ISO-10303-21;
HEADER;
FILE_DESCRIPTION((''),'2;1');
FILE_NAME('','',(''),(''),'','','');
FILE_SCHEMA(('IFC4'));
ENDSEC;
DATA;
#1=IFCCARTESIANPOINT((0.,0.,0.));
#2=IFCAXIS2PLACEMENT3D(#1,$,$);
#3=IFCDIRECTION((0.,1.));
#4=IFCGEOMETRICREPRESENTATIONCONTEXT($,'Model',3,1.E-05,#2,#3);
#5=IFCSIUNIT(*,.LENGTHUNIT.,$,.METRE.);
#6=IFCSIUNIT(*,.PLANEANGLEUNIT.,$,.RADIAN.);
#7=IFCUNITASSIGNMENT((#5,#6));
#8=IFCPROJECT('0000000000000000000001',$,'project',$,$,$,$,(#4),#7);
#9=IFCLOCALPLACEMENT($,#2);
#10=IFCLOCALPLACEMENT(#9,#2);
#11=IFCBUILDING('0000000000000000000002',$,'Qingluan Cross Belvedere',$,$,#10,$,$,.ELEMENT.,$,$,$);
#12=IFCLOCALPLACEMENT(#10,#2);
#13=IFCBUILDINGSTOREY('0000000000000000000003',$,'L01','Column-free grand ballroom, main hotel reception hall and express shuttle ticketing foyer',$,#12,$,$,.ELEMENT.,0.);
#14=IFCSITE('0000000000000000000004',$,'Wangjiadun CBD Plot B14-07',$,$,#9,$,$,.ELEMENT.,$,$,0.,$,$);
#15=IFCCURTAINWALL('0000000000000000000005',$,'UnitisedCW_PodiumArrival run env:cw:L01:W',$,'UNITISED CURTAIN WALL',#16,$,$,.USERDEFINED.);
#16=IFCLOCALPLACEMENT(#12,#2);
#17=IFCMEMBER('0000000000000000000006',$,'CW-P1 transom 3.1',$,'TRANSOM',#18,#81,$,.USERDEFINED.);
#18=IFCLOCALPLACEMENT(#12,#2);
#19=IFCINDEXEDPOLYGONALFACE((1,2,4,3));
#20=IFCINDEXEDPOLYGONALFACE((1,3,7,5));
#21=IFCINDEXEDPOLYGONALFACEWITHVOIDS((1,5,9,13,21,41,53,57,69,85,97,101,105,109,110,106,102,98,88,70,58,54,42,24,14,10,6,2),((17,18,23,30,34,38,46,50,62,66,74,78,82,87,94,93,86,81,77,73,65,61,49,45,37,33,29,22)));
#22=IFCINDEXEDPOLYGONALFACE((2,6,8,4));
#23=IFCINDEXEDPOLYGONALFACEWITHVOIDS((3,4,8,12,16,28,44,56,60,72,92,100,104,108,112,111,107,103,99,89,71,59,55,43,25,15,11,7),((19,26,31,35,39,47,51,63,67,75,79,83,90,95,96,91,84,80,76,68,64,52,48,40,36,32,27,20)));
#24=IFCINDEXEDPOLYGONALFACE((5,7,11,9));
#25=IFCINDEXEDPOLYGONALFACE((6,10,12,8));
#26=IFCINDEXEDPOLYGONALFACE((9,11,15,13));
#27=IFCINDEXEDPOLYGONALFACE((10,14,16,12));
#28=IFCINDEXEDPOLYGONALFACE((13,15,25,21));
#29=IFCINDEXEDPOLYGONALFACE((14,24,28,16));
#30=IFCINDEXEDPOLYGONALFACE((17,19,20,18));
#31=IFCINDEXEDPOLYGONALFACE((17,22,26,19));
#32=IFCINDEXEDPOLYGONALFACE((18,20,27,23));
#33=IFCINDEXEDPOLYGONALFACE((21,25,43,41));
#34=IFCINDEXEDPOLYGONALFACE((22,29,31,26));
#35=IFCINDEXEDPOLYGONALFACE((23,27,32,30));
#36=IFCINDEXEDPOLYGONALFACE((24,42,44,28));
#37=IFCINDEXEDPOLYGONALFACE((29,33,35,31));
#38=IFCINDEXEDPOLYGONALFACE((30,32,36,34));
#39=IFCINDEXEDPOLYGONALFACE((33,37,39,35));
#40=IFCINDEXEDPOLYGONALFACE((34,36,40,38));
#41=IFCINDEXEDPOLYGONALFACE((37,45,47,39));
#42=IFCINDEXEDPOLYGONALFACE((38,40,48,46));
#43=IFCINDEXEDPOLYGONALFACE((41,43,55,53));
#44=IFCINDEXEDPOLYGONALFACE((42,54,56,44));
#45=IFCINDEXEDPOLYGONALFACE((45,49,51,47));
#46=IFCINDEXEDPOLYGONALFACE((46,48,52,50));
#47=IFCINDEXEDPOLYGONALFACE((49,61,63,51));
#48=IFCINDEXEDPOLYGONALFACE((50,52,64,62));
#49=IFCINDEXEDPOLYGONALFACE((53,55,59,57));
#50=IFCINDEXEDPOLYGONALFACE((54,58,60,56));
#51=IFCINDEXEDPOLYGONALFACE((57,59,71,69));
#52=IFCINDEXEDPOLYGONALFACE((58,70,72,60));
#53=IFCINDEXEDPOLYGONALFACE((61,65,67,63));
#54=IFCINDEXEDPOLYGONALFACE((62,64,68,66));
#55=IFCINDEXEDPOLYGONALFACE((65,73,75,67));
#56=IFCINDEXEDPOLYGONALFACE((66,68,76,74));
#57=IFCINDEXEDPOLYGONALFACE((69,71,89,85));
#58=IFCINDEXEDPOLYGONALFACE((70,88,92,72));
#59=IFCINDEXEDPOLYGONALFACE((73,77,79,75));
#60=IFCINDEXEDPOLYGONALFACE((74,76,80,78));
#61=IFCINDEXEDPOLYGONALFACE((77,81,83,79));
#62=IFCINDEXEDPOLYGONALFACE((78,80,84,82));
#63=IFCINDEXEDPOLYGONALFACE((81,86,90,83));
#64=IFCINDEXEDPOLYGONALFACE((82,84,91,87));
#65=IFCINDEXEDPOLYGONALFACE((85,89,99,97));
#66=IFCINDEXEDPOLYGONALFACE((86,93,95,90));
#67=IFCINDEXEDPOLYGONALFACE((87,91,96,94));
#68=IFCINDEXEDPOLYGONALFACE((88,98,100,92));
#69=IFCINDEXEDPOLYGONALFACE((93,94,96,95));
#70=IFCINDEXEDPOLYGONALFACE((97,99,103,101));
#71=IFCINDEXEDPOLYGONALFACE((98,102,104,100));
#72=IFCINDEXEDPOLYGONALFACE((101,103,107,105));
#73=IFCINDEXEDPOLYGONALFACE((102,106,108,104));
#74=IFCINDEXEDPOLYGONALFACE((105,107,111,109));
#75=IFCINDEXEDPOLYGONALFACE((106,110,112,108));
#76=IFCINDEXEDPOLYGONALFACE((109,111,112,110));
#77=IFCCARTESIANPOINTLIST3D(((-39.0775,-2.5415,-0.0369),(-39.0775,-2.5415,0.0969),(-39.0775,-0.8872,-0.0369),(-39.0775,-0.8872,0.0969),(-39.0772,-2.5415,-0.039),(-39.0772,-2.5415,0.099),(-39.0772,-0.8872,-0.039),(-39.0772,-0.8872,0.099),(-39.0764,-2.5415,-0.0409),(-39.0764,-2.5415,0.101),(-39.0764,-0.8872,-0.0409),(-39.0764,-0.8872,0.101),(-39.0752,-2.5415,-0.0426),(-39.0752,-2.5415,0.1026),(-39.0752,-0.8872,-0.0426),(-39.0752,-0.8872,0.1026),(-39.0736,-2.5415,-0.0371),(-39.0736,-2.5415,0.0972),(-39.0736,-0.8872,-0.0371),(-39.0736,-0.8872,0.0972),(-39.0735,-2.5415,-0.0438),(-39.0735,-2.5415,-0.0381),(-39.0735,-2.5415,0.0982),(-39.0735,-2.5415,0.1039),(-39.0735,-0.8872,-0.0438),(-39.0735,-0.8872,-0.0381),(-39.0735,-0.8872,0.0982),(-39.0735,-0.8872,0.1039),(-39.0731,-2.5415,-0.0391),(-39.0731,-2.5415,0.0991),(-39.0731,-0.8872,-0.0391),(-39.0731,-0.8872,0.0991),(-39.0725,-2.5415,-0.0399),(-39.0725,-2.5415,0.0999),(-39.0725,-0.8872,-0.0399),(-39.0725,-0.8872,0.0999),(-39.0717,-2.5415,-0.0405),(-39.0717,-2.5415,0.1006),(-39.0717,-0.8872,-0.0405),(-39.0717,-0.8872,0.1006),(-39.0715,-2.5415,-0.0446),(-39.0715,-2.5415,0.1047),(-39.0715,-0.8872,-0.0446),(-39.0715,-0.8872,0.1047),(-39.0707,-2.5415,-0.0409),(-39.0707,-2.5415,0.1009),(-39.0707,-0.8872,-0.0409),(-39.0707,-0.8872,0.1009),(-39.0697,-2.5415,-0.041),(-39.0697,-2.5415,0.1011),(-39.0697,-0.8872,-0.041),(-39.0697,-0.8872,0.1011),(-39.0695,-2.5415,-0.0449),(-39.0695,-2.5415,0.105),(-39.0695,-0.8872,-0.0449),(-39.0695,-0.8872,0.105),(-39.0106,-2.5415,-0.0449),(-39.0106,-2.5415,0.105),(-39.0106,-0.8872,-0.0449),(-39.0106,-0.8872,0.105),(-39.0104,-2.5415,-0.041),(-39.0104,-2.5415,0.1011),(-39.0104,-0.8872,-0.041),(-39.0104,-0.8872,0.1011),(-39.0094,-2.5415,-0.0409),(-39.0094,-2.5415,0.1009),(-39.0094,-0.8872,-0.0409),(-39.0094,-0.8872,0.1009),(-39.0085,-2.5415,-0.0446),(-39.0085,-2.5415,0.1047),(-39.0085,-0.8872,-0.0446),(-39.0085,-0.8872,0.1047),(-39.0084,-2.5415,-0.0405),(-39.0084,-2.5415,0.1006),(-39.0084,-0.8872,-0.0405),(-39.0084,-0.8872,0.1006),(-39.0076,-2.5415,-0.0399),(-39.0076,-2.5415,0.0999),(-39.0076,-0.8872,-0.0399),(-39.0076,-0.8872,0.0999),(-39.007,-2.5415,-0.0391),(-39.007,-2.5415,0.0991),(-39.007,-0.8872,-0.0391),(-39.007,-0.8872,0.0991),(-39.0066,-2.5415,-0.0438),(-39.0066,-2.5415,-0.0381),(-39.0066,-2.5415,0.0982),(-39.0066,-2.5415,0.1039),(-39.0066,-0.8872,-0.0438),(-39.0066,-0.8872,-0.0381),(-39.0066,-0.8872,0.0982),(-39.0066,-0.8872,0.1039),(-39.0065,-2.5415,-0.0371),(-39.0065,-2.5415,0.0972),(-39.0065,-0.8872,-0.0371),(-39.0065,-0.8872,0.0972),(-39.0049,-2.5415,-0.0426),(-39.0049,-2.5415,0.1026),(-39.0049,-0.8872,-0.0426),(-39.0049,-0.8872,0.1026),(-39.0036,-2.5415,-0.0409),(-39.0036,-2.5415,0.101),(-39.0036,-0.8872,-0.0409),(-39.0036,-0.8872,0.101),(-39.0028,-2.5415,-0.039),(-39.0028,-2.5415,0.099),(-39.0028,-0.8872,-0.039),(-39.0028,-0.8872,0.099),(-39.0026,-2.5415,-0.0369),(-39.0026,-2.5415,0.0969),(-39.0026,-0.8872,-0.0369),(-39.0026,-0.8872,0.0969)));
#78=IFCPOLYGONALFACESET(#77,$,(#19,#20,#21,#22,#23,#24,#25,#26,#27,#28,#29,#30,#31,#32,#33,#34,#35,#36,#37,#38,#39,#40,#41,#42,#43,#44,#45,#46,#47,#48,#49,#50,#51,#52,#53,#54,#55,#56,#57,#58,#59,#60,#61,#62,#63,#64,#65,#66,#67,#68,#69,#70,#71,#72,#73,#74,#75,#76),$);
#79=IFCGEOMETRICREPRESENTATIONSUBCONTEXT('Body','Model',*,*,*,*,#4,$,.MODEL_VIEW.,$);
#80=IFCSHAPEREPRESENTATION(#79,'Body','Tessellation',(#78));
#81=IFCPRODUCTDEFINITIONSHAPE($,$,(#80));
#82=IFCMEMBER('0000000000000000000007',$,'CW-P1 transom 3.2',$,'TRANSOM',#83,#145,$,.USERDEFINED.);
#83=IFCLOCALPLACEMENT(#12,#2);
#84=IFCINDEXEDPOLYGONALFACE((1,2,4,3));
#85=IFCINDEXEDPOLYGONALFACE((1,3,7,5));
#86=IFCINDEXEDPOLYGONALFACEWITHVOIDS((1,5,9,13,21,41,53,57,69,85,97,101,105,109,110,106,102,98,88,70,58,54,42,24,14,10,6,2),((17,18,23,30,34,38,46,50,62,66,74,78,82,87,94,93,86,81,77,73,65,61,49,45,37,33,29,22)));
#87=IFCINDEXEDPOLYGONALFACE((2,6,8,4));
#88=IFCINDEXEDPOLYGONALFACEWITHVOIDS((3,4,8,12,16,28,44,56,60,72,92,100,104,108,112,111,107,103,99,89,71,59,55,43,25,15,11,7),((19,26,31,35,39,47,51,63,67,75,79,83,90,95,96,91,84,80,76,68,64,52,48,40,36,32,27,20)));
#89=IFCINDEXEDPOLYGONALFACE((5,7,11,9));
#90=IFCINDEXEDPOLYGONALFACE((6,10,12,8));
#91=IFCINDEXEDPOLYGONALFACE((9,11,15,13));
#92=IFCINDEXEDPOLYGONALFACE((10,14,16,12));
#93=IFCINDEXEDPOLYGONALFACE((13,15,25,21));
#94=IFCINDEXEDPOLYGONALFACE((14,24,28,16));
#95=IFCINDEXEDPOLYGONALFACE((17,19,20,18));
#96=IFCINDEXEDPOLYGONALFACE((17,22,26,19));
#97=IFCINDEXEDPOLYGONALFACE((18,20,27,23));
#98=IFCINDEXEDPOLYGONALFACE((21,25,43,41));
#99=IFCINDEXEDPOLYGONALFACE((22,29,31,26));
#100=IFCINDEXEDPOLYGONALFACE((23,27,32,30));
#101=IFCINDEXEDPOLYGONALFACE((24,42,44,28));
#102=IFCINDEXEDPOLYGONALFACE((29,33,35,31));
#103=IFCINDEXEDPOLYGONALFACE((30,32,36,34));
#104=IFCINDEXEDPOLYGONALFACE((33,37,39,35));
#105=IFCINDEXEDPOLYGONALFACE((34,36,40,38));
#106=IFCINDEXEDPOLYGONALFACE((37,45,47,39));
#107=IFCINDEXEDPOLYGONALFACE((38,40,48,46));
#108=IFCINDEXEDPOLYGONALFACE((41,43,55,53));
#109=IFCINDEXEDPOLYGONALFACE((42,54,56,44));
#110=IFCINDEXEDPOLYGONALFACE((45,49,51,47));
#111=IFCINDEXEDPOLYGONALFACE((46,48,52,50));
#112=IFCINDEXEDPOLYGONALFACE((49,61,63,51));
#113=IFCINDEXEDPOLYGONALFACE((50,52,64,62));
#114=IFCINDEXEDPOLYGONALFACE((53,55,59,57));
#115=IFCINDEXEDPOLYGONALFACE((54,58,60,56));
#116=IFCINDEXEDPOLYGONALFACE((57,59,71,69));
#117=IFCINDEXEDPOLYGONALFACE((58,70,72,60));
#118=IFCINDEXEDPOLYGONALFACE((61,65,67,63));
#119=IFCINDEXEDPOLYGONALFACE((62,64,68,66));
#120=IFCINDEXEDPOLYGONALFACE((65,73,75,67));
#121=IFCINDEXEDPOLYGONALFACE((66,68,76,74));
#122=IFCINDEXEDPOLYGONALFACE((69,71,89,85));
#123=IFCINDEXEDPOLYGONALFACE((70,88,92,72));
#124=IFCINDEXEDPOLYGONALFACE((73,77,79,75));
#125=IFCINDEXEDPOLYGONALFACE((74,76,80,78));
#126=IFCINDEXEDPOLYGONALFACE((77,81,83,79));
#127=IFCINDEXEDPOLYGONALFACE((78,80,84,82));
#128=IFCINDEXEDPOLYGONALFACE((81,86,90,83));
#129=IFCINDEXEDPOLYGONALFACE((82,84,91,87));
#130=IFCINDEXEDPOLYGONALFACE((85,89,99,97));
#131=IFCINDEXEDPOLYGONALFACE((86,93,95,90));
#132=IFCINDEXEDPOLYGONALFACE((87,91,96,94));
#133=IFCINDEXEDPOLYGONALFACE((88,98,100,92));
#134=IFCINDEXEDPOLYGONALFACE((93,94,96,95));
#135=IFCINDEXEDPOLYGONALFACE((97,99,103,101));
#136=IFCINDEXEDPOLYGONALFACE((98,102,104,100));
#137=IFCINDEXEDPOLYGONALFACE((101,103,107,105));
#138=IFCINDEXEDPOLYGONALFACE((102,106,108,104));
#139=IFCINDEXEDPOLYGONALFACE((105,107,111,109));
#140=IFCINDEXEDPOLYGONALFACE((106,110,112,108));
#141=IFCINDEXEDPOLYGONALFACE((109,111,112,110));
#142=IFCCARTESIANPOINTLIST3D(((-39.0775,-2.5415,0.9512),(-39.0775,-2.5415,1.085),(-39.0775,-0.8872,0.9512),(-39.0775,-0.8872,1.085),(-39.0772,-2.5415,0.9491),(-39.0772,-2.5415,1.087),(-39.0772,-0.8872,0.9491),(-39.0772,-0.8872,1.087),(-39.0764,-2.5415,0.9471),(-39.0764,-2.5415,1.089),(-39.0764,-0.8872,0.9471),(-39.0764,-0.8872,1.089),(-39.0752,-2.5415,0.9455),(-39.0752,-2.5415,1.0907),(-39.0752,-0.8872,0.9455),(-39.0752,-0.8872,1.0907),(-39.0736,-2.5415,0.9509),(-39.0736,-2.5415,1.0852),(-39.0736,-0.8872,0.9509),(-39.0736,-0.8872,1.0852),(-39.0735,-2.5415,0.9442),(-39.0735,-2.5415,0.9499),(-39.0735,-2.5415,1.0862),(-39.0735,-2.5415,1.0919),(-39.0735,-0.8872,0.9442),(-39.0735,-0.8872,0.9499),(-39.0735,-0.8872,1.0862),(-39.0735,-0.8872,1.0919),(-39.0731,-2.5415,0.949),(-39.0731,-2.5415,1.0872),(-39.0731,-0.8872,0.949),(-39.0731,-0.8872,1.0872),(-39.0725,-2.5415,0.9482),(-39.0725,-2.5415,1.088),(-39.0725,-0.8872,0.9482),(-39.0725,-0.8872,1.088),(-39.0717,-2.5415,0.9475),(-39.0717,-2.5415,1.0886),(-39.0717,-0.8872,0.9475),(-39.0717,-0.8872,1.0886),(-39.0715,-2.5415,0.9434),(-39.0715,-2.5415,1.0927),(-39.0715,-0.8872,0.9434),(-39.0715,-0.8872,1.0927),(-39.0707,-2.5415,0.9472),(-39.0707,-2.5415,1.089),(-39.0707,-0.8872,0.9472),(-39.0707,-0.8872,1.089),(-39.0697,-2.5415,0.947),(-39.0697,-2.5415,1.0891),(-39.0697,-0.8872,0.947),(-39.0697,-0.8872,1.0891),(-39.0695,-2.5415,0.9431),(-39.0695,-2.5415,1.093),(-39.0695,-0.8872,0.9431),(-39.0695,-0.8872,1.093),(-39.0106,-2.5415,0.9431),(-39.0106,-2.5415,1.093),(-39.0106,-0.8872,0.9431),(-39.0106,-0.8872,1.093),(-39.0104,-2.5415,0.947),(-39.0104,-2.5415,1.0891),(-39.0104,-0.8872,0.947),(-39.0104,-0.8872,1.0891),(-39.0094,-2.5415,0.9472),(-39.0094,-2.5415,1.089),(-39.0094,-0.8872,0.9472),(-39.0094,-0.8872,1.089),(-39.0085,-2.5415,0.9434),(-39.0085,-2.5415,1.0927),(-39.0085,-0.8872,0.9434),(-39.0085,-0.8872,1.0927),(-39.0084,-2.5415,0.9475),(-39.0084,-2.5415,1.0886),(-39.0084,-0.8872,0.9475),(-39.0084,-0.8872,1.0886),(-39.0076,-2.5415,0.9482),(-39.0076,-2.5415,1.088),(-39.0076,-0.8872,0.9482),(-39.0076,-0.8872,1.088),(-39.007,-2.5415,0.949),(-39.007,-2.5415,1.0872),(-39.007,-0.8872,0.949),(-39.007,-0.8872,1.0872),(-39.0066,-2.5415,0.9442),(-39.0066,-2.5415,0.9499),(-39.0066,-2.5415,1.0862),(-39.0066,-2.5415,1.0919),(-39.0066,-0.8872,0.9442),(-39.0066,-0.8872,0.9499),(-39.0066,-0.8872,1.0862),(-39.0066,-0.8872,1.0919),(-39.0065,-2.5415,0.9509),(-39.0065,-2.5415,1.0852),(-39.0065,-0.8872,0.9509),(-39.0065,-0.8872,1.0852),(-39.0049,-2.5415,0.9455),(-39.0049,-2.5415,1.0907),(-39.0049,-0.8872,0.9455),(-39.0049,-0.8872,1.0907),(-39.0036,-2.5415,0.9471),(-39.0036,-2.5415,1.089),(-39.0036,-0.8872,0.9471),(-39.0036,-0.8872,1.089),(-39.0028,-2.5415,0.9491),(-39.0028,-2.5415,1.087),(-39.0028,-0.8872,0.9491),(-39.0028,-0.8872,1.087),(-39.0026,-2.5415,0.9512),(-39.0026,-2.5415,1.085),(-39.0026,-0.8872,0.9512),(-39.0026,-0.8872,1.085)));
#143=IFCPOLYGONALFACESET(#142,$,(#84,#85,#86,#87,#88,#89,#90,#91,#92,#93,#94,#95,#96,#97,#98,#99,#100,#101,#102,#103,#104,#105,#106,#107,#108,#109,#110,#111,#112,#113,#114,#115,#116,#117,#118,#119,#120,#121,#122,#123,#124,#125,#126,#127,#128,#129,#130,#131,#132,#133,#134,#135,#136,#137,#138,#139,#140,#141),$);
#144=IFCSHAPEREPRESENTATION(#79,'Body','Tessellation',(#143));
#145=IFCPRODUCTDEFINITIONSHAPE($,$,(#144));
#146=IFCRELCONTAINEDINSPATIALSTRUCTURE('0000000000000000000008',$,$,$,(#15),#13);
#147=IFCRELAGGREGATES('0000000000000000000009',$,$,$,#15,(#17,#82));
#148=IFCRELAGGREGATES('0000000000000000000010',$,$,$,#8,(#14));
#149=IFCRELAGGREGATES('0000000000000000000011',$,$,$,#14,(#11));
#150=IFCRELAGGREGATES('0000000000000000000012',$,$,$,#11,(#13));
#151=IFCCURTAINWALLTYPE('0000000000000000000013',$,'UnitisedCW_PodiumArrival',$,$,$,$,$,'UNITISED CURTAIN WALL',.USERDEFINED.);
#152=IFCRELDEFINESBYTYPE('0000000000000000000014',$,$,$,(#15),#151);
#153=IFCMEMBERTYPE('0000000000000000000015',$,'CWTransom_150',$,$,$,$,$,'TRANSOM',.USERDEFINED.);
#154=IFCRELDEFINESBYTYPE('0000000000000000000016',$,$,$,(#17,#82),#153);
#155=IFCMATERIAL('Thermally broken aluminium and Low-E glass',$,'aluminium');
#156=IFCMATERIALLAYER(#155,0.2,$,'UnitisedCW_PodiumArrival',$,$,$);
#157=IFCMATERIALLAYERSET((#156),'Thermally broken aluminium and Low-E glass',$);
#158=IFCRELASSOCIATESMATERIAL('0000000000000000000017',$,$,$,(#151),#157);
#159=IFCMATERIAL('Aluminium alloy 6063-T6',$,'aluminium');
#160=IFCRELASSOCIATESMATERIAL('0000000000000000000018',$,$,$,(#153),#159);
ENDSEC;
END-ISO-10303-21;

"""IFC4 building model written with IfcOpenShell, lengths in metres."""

from ifc_helpers import new_model, si_unit, direction, frame, origin, origin_2d, place, context, subcontext, project, spatial, hollow_rectangle, extrude, material, layer, layer_set, material_profile, profile_set, type_object, element, aggregate, save


model = new_model("IFC4")

# Units and contexts
model_context = context("Model", 3, precision=1e-05, world=origin(), true_north=direction((0.0, 1.0)))
body_context = subcontext(model_context, "Body", "Model", "MODEL_VIEW")
ifc_project = project(units=[si_unit("LENGTHUNIT", "METRE"), si_unit("PLANEANGLEUNIT", "RADIAN")], contexts=[model_context])

# Site, building, storey
site_placement = place(None, origin())
site = spatial("IfcSite", under=ifc_project, at=site_placement, Name="Wangjiadun CBD Plot B14-07", CompositionType="ELEMENT", RefElevation=0.0)
building_placement = place(site_placement, origin())
building = spatial("IfcBuilding", under=site, at=building_placement, Name="Qingluan Cross Belvedere", CompositionType="ELEMENT")
storey_placement = place(building_placement, origin())
storey = spatial("IfcBuildingStorey", under=building, at=storey_placement, Name="L01", Description="Column-free grand ballroom, main hotel reception hall and express shuttle ticketing foyer", CompositionType="ELEMENT", Elevation=0.0)

# Curtain wall, members
ifc_material_1 = material(Name="Thermally broken aluminium and Low-E glass", Category="aluminium")
ifc_layer_1 = layer(ifc_material_1, 0.2, Name="UnitisedCW_PodiumArrival")
ifc_layer_set_1 = layer_set([ifc_layer_1], Name="Thermally broken aluminium and Low-E glass")
curtain_wall_type = type_object("IfcCurtainWallType", Name="UnitisedCW_PodiumArrival", ElementType="UNITISED CURTAIN WALL", PredefinedType="USERDEFINED", material=ifc_layer_set_1)
curtain_wall_placement = place(storey_placement, origin())
curtain_wall = element("IfcCurtainWall", 1, at=curtain_wall_placement, inside=storey, type_object=curtain_wall_type, Name="UnitisedCW_PodiumArrival run env:cw:L01:W", ObjectType="UNITISED CURTAIN WALL", PredefinedType="USERDEFINED")
ifc_material_2 = material(Name="Aluminium alloy 6063-T6", Category="aluminium")
ifc_material_profile_1 = material_profile(ifc_material_2, hollow_rectangle(XDim=0.075, YDim=0.1499, WallThickness=0.0039, InnerFilletRadius=0.0039, OuterFilletRadius=0.0081, at=origin_2d()), Name="CWT150x75x4")
ifc_profile_set_1 = profile_set([ifc_material_profile_1], Name="Aluminium alloy 6063-T6")
member_type_1 = type_object("IfcMemberType", Name="CWTransom_150", ElementType="TRANSOM", PredefinedType="USERDEFINED", material=ifc_profile_set_1)
member_1_placement = place(storey_placement, frame((-39.04, -2.5415, 0.03), z_axis=(0.0, 1.0, 0.0), x_axis=(-1.0, 0.0, 0.0)))
member_1 = element("IfcMember", 2, at=member_1_placement, type_object=member_type_1, Name="CW-P1 transom 3.1", ObjectType="TRANSOM", PredefinedType="USERDEFINED", context=body_context, shape_type="SweptSolid", body=[
    extrude(hollow_rectangle(XDim=0.075, YDim=0.1499, WallThickness=0.0039, InnerFilletRadius=0.0039, OuterFilletRadius=0.0081, at=origin_2d()), origin(), (0.0, 0.0, 1.0), 1.6543),
])
member_2_placement = place(storey_placement, frame((-39.04, -2.5415, 1.0181), z_axis=(0.0, 1.0, 0.0), x_axis=(-1.0, 0.0, 0.0)))
member_2 = element("IfcMember", 3, at=member_2_placement, type_object=member_type_1, Name="CW-P1 transom 3.2", ObjectType="TRANSOM", PredefinedType="USERDEFINED", context=body_context, shape_type="SweptSolid", body=[
    extrude(hollow_rectangle(XDim=0.075, YDim=0.1499, WallThickness=0.0039, InnerFilletRadius=0.0039, OuterFilletRadius=0.0081, at=origin_2d()), origin(), (0.0, 0.0, 1.0), 1.6543),
])
aggregate(curtain_wall, [member_1, member_2])

save(model, "model.ifc")
